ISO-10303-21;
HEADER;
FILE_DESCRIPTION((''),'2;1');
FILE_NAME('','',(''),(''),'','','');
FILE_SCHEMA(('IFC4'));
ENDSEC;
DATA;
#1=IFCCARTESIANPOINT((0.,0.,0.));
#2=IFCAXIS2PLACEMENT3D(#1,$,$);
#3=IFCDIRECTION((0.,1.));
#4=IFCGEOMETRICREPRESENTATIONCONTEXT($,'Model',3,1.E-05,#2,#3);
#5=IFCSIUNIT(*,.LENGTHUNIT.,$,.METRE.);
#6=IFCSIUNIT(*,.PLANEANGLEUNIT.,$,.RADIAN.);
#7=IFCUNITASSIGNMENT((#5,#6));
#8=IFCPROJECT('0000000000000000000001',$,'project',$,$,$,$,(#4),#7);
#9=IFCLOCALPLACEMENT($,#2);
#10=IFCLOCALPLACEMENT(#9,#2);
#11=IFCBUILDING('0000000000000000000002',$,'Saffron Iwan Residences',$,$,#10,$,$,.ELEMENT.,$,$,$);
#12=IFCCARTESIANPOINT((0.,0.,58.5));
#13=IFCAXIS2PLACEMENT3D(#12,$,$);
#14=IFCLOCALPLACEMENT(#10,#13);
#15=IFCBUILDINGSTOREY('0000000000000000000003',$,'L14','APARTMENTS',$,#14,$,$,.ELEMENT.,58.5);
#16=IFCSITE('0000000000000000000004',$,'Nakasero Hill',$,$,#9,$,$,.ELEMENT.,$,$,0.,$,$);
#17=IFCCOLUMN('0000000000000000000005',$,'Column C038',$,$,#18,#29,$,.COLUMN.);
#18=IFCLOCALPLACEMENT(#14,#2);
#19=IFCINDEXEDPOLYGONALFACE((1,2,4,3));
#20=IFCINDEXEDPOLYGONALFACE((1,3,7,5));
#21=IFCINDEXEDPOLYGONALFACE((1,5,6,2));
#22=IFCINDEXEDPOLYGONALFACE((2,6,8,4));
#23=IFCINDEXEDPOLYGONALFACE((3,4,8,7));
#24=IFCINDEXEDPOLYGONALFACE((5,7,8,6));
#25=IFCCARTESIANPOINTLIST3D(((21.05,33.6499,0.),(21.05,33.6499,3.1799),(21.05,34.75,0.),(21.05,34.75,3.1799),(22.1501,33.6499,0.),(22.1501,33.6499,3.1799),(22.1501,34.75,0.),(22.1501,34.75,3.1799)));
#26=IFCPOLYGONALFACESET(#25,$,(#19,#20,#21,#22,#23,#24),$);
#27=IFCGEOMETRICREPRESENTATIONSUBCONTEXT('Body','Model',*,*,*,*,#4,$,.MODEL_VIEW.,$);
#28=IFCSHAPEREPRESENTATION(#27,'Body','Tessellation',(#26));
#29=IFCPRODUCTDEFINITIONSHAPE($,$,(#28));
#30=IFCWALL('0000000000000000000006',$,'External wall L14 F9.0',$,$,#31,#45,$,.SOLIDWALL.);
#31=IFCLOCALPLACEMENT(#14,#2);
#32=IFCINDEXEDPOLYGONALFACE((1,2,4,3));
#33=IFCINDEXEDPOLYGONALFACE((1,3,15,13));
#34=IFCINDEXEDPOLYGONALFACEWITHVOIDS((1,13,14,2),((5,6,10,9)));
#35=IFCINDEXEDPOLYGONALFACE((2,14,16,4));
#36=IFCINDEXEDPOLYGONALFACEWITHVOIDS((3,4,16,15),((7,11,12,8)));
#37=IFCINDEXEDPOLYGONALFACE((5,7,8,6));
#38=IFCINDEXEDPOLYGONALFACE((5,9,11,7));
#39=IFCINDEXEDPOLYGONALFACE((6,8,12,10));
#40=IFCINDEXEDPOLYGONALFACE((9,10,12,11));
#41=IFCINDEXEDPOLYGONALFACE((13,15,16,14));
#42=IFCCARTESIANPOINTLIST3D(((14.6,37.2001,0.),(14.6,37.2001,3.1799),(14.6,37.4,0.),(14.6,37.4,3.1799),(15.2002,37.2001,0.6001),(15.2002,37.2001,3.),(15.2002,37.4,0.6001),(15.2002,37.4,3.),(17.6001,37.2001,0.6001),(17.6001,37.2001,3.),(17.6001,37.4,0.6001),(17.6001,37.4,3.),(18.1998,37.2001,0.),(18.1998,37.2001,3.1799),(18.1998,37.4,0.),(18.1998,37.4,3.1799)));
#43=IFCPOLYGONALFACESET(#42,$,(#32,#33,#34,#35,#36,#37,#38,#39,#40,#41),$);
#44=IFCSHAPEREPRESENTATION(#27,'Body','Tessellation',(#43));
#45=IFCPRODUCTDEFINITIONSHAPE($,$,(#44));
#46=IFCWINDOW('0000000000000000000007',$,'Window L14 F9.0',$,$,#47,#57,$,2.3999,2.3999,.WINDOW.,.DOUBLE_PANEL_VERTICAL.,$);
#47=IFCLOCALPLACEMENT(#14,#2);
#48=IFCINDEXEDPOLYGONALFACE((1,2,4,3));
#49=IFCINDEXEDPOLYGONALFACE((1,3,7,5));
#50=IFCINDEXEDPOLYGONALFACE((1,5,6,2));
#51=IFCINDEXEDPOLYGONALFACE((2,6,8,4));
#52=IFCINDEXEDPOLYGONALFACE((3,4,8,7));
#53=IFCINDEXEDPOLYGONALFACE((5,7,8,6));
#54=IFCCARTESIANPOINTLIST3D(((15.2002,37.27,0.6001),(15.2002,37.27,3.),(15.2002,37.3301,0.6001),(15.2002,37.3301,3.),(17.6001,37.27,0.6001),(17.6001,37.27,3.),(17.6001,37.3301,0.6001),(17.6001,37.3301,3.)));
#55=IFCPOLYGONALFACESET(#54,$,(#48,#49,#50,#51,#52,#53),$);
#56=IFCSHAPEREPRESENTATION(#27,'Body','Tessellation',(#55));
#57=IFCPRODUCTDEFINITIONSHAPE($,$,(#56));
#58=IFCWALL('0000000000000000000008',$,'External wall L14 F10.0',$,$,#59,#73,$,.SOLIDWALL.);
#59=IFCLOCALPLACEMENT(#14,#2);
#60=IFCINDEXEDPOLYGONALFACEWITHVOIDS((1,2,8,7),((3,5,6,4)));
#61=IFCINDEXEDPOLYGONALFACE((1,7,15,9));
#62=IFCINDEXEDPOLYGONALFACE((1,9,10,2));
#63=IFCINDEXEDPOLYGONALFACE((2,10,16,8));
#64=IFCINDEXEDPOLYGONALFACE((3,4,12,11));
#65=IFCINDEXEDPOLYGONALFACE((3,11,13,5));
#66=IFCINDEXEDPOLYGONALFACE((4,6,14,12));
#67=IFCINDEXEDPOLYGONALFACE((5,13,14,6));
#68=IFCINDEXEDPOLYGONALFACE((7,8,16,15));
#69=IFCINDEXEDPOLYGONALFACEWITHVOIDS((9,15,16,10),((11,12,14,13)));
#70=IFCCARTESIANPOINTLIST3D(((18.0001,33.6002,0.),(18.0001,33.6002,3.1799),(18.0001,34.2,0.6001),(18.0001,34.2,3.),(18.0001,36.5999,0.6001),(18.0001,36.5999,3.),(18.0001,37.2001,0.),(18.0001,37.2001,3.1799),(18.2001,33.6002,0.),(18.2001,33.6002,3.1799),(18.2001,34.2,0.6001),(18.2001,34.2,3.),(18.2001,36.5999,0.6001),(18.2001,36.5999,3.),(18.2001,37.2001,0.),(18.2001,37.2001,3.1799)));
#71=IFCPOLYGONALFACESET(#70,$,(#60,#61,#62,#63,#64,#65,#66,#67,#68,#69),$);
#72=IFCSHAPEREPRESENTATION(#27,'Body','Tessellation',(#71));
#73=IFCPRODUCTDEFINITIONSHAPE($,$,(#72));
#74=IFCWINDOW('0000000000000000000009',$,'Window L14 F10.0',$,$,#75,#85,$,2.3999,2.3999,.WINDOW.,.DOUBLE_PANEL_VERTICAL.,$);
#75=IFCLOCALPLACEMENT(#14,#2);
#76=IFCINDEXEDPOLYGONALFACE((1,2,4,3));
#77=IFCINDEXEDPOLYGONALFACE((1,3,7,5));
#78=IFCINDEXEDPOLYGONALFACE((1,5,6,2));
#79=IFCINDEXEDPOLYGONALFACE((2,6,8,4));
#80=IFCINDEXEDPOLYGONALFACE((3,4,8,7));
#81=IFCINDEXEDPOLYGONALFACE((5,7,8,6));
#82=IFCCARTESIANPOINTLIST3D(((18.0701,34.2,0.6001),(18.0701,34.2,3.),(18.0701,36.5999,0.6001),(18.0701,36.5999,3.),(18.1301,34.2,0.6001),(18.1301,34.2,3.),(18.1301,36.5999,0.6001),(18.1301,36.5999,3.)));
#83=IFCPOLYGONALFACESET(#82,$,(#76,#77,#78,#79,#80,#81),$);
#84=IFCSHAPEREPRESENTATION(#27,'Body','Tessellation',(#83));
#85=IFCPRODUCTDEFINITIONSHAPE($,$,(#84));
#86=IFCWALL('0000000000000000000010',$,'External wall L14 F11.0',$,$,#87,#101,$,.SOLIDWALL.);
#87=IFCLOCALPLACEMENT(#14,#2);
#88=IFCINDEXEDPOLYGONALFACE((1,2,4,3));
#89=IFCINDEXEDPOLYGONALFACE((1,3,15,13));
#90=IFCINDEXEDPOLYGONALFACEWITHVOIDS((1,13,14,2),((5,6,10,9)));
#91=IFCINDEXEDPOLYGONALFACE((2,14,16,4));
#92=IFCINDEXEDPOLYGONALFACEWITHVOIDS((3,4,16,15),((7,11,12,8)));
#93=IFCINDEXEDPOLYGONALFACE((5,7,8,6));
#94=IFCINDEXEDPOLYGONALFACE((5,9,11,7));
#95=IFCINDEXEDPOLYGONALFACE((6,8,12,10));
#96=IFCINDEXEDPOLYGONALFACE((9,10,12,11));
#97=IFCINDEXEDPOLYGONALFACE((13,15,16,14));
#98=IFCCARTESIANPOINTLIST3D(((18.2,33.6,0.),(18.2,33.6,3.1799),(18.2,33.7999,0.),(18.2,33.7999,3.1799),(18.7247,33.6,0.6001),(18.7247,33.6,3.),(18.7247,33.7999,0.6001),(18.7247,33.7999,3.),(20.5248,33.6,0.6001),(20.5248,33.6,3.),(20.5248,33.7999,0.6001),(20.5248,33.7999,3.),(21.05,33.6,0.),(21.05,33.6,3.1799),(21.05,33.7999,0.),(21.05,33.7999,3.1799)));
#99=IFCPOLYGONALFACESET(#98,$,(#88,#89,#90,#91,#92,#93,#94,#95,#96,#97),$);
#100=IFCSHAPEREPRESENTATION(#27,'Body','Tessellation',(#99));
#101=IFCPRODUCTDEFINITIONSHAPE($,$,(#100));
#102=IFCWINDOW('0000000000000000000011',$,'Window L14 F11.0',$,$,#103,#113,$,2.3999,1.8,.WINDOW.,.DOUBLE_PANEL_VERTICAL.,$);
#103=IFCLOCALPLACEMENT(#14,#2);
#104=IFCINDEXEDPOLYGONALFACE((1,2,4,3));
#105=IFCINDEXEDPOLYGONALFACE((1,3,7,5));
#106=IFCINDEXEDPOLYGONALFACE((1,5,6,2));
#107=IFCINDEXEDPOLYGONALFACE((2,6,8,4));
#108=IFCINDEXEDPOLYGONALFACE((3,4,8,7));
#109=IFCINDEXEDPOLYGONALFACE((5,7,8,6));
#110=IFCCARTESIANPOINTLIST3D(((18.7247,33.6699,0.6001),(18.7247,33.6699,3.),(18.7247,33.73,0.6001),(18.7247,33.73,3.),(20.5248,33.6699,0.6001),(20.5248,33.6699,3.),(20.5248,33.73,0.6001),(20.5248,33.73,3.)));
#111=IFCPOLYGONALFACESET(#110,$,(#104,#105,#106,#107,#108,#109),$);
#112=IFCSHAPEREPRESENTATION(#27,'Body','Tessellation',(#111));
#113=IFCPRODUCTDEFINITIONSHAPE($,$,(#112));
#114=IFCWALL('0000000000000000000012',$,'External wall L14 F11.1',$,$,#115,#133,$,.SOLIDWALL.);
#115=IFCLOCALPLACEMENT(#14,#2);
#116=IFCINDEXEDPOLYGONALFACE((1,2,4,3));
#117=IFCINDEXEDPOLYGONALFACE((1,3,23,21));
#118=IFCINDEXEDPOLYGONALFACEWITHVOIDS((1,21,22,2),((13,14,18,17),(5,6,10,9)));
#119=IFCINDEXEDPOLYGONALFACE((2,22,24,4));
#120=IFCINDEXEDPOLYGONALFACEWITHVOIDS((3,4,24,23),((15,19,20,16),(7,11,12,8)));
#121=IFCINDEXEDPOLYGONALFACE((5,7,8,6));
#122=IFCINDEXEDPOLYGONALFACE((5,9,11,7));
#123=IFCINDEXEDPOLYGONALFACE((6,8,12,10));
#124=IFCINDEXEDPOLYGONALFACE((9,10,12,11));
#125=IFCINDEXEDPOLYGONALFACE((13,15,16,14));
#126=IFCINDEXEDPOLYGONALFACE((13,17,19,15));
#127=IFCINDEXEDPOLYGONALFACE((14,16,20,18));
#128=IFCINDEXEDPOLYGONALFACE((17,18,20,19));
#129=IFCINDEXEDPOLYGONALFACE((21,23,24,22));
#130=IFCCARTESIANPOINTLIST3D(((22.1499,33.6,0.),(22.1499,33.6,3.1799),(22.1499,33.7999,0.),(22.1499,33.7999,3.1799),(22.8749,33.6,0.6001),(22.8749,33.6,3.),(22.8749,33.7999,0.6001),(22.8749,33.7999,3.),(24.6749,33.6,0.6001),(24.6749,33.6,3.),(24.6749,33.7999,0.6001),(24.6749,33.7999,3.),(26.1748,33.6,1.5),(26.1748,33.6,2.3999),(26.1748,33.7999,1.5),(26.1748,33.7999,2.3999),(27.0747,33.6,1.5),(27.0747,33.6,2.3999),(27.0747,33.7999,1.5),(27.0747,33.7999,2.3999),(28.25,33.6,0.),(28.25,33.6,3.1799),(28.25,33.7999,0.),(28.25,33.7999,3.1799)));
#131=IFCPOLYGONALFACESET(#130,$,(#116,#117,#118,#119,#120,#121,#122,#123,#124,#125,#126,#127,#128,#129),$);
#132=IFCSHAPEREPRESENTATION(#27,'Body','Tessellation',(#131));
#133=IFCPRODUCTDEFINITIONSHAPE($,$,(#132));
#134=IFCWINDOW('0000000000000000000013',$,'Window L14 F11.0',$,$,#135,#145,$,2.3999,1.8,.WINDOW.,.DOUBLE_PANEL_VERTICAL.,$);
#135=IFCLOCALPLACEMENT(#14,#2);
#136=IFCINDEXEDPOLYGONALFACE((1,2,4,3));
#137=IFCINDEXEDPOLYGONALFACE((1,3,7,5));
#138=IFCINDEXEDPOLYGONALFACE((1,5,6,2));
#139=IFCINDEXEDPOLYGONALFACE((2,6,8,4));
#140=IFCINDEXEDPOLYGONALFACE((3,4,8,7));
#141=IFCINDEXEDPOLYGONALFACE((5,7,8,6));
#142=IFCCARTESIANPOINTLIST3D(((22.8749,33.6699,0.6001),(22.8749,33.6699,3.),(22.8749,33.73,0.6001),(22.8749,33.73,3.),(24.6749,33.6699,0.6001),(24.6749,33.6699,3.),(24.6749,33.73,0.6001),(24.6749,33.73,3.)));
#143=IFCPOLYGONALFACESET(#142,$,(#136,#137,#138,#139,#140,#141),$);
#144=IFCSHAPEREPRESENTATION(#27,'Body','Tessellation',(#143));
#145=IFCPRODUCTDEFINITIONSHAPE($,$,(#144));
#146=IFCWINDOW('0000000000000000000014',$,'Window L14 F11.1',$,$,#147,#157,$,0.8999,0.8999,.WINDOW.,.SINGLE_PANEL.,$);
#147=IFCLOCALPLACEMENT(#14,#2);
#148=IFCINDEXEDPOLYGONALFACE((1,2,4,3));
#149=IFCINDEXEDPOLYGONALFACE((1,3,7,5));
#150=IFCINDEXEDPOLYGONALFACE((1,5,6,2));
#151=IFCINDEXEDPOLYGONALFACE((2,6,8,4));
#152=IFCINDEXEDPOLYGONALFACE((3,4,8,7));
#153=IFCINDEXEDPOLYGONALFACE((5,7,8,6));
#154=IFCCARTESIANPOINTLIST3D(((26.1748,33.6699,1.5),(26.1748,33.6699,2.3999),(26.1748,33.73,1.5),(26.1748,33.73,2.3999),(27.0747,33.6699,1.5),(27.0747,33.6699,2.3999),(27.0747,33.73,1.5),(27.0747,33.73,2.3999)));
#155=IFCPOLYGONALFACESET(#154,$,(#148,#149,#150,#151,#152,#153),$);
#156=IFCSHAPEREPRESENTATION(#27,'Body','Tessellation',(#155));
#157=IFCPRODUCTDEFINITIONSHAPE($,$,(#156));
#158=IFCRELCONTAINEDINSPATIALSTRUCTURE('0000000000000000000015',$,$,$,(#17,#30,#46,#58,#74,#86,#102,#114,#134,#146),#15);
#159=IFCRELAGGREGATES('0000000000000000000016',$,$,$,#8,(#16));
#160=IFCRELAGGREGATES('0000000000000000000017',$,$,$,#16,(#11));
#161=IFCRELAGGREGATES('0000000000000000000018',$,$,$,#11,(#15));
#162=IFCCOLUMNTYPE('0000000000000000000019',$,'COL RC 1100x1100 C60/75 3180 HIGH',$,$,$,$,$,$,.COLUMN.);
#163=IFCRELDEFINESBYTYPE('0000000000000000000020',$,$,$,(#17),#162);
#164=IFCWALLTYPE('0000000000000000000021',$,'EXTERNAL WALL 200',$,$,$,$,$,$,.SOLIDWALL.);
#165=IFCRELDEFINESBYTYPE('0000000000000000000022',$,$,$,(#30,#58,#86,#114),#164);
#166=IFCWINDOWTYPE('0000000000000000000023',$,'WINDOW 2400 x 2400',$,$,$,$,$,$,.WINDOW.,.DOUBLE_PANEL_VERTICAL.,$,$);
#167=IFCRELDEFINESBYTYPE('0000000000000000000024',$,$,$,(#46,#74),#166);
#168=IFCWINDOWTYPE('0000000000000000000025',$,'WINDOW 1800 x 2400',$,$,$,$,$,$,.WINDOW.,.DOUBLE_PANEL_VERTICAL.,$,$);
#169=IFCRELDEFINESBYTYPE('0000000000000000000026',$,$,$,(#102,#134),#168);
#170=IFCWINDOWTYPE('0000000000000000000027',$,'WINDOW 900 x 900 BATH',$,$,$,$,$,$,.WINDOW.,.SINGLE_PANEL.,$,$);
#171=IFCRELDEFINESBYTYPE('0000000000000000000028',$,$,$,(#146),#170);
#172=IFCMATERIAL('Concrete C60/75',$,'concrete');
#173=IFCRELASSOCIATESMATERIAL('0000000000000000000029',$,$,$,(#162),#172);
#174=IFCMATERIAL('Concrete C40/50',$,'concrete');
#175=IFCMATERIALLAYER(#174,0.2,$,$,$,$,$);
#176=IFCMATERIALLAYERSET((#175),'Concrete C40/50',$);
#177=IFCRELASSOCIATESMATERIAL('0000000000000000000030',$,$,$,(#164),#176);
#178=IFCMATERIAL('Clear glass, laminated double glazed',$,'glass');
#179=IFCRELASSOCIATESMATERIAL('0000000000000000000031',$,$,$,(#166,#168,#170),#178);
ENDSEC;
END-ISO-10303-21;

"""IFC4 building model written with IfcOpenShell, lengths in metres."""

from ifc_helpers import new_model, si_unit, direction, frame, frame_2d, origin, origin_2d, place, context, subcontext, project, spatial, rectangle, extrude, source, transform, mapped, material, layer, layer_set, material_profile, profile_set, type_object, element, fill, save


model = new_model("IFC4")

# Units and contexts
model_context = context("Model", 3, precision=1e-05, world=origin(), true_north=direction((0.0, 1.0)))
body_context = subcontext(model_context, "Body", "Model", "MODEL_VIEW")
ifc_project = project(units=[si_unit("LENGTHUNIT", "METRE"), si_unit("PLANEANGLEUNIT", "RADIAN")], contexts=[model_context])

# Site, building, storey
site_placement = place(None, origin())
site = spatial("IfcSite", under=ifc_project, at=site_placement, Name="Nakasero Hill", CompositionType="ELEMENT", RefElevation=0.0)
building_placement = place(site_placement, origin())
building = spatial("IfcBuilding", under=site, at=building_placement, Name="Saffron Iwan Residences", CompositionType="ELEMENT")
storey_placement = place(building_placement, frame((0.0, 0.0, 58.5)))
storey = spatial("IfcBuildingStorey", under=building, at=storey_placement, Name="L14", Description="APARTMENTS", CompositionType="ELEMENT", Elevation=58.5)

# Column
ifc_material_1 = material(Name="Concrete C60/75", Category="concrete")
ifc_material_profile = material_profile(ifc_material_1, rectangle(XDim=1.1001, YDim=1.1001, at=origin_2d()), Name="RC 1100x1100")
ifc_profile_set = profile_set([ifc_material_profile], Name="Concrete C60/75")
column_type = type_object("IfcColumnType", Name="COL RC 1100x1100 C60/75 3180 HIGH", PredefinedType="COLUMN", material=ifc_profile_set)
shared_shape = source(origin(), body_context, "Body", "SweptSolid", [
    extrude(rectangle(XDim=1.1001, YDim=1.1001, at=origin_2d()), origin(), (0.0, 0.0, 1.0), 3.1799),
])
column_placement = place(storey_placement, frame((21.6001, 34.2, 0.0), z_axis=(0.0, 0.0, 1.0), x_axis=(1.0, 0.0, 0.0)))
element("IfcColumn", 1, at=column_placement, inside=storey, type_object=column_type, Name="Column C038", PredefinedType="COLUMN", context=body_context, shape_type="MappedRepresentation", body=[
    mapped(shared_shape, transform((0.0, 0.0, 0.0))),
])

# Walls, openings, windows
ifc_material_2 = material(Name="Concrete C40/50", Category="concrete")
ifc_layer_1 = layer(ifc_material_2, 0.2)
ifc_layer_set_1 = layer_set([ifc_layer_1], Name="Concrete C40/50")
wall_type_1 = type_object("IfcWallType", Name="EXTERNAL WALL 200", PredefinedType="SOLIDWALL", material=ifc_layer_set_1)
wall_1_placement = place(storey_placement, frame((14.6001, 37.3, 0.0), z_axis=(0.0, 0.0, 1.0), x_axis=(1.0, 0.0, 0.0)))
wall_1 = element("IfcWall", 2, at=wall_1_placement, inside=storey, type_object=wall_type_1, Name="External wall L14 F9.0", PredefinedType="SOLIDWALL", context=body_context, shape_type="SweptSolid", body=[
    extrude(rectangle(XDim=3.5999, YDim=0.2, at=frame_2d((1.7998, 0.0))), origin(), (0.0, 0.0, 1.0), 3.1799),
])
opening_1_placement = place(wall_1_placement, frame((0.6001, 0.0, 0.6001)))
opening_1 = element("IfcOpeningElement", 3, at=opening_1_placement, cuts=wall_1, PredefinedType="OPENING", context=body_context, shape_type="SweptSolid", body=[
    extrude(rectangle(XDim=2.3999, YDim=2.3999, at=frame_2d((1.2, 1.2))), frame((0.0, 0.1099, 0.0), z_axis=(0.0, -1.0, 0.0), x_axis=(1.0, 0.0, 0.0)), (0.0, 0.0, 1.0), 0.22),
])
ifc_material_3 = material(Name="Clear glass, laminated double glazed", Category="glass")
window_type_1 = type_object("IfcWindowType", Name="WINDOW 2400 x 2400", PartitioningType="DOUBLE_PANEL_VERTICAL", PredefinedType="WINDOW", material=ifc_material_3)
window_1_placement = place(opening_1_placement, origin())
window_1 = element("IfcWindow", 4, at=window_1_placement, inside=storey, type_object=window_type_1, Name="Window L14 F9.0", OverallHeight=2.3999, OverallWidth=2.3999, PartitioningType="DOUBLE_PANEL_VERTICAL", PredefinedType="WINDOW", context=body_context, shape_type="SweptSolid", body=[
    extrude(rectangle(XDim=2.3999, YDim=2.3999, at=frame_2d((1.2, 1.2))), frame((0.0, 0.03, 0.0), z_axis=(0.0, -1.0, 0.0), x_axis=(1.0, 0.0, 0.0)), (0.0, 0.0, 1.0), 0.0601),
])
fill(opening_1, window_1)
wall_2_placement = place(storey_placement, frame((18.1001, 37.2, 0.0), z_axis=(0.0, 0.0, 1.0), x_axis=(0.0, -1.0, 0.0)))
wall_2 = element("IfcWall", 5, at=wall_2_placement, inside=storey, type_object=wall_type_1, Name="External wall L14 F10.0", PredefinedType="SOLIDWALL", context=body_context, shape_type="SweptSolid", body=[
    extrude(rectangle(XDim=3.5999, YDim=0.2, at=frame_2d((1.7998, 0.0))), origin(), (0.0, 0.0, 1.0), 3.1799),
])
opening_2_placement = place(wall_2_placement, frame((0.6001, 0.0, 0.6001)))
opening_2 = element("IfcOpeningElement", 6, at=opening_2_placement, cuts=wall_2, PredefinedType="OPENING", context=body_context, shape_type="SweptSolid", body=[
    extrude(rectangle(XDim=2.3999, YDim=2.3999, at=frame_2d((1.2, 1.2))), frame((0.0, 0.1099, 0.0), z_axis=(0.0, -1.0, 0.0), x_axis=(1.0, 0.0, 0.0)), (0.0, 0.0, 1.0), 0.22),
])
window_2_placement = place(opening_2_placement, origin())
window_2 = element("IfcWindow", 7, at=window_2_placement, inside=storey, type_object=window_type_1, Name="Window L14 F10.0", OverallHeight=2.3999, OverallWidth=2.3999, PartitioningType="DOUBLE_PANEL_VERTICAL", PredefinedType="WINDOW", context=body_context, shape_type="SweptSolid", body=[
    extrude(rectangle(XDim=2.3999, YDim=2.3999, at=frame_2d((1.2, 1.2))), frame((0.0, 0.03, 0.0), z_axis=(0.0, -1.0, 0.0), x_axis=(1.0, 0.0, 0.0)), (0.0, 0.0, 1.0), 0.0601),
])
fill(opening_2, window_2)
wall_3_placement = place(storey_placement, frame((18.2, 33.7, 0.0), z_axis=(0.0, 0.0, 1.0), x_axis=(1.0, 0.0, 0.0)))
wall_3 = element("IfcWall", 8, at=wall_3_placement, inside=storey, type_object=wall_type_1, Name="External wall L14 F11.0", PredefinedType="SOLIDWALL", context=body_context, shape_type="SweptSolid", body=[
    extrude(rectangle(XDim=2.8501, YDim=0.2, at=frame_2d((1.425, 0.0))), origin(), (0.0, 0.0, 1.0), 3.1799),
])
opening_3_placement = place(wall_3_placement, frame((0.5249, 0.0, 0.6001)))
opening_3 = element("IfcOpeningElement", 9, at=opening_3_placement, cuts=wall_3, PredefinedType="OPENING", context=body_context, shape_type="SweptSolid", body=[
    extrude(rectangle(XDim=1.8, YDim=2.3999, at=frame_2d((0.8999, 1.2))), frame((0.0, 0.1099, 0.0), z_axis=(0.0, -1.0, 0.0), x_axis=(1.0, 0.0, 0.0)), (0.0, 0.0, 1.0), 0.22),
])
window_type_2 = type_object("IfcWindowType", Name="WINDOW 1800 x 2400", PartitioningType="DOUBLE_PANEL_VERTICAL", PredefinedType="WINDOW", material=ifc_material_3)
window_3_placement = place(opening_3_placement, origin())
window_3 = element("IfcWindow", 10, at=window_3_placement, inside=storey, type_object=window_type_2, Name="Window L14 F11.0", OverallHeight=2.3999, OverallWidth=1.8, PartitioningType="DOUBLE_PANEL_VERTICAL", PredefinedType="WINDOW", context=body_context, shape_type="SweptSolid", body=[
    extrude(rectangle(XDim=1.8, YDim=2.3999, at=frame_2d((0.8999, 1.2))), frame((0.0, 0.03, 0.0), z_axis=(0.0, -1.0, 0.0), x_axis=(1.0, 0.0, 0.0)), (0.0, 0.0, 1.0), 0.0601),
])
fill(opening_3, window_3)

# Wall, openings, windows
wall_4_placement = place(storey_placement, frame((22.1499, 33.7, 0.0), z_axis=(0.0, 0.0, 1.0), x_axis=(1.0, 0.0, 0.0)))
wall_4 = element("IfcWall", 11, at=wall_4_placement, inside=storey, type_object=wall_type_1, Name="External wall L14 F11.1", PredefinedType="SOLIDWALL", context=body_context, shape_type="SweptSolid", body=[
    extrude(rectangle(XDim=6.1001, YDim=0.2, at=frame_2d((3.05, 0.0))), origin(), (0.0, 0.0, 1.0), 3.1799),
])
opening_4_placement = place(wall_4_placement, frame((0.7251, 0.0, 0.6001)))
opening_4 = element("IfcOpeningElement", 12, at=opening_4_placement, cuts=wall_4, PredefinedType="OPENING", context=body_context, shape_type="SweptSolid", body=[
    extrude(rectangle(XDim=1.8, YDim=2.3999, at=frame_2d((0.8999, 1.2))), frame((0.0, 0.1099, 0.0), z_axis=(0.0, -1.0, 0.0), x_axis=(1.0, 0.0, 0.0)), (0.0, 0.0, 1.0), 0.22),
])
opening_5_placement = place(wall_4_placement, frame((4.0249, 0.0, 1.5)))
opening_5 = element("IfcOpeningElement", 13, at=opening_5_placement, cuts=wall_4, PredefinedType="OPENING", context=body_context, shape_type="SweptSolid", body=[
    extrude(rectangle(XDim=0.8999, YDim=0.8999, at=frame_2d((0.45, 0.45))), frame((0.0, 0.1099, 0.0), z_axis=(0.0, -1.0, 0.0), x_axis=(1.0, 0.0, 0.0)), (0.0, 0.0, 1.0), 0.22),
])
window_4_placement = place(opening_4_placement, origin())
window_4 = element("IfcWindow", 14, at=window_4_placement, inside=storey, type_object=window_type_2, Name="Window L14 F11.0", OverallHeight=2.3999, OverallWidth=1.8, PartitioningType="DOUBLE_PANEL_VERTICAL", PredefinedType="WINDOW", context=body_context, shape_type="SweptSolid", body=[
    extrude(rectangle(XDim=1.8, YDim=2.3999, at=frame_2d((0.8999, 1.2))), frame((0.0, 0.03, 0.0), z_axis=(0.0, -1.0, 0.0), x_axis=(1.0, 0.0, 0.0)), (0.0, 0.0, 1.0), 0.0601),
])
fill(opening_4, window_4)
window_type_3 = type_object("IfcWindowType", Name="WINDOW 900 x 900 BATH", PartitioningType="SINGLE_PANEL", PredefinedType="WINDOW", material=ifc_material_3)
window_5_placement = place(opening_5_placement, origin())
window_5 = element("IfcWindow", 15, at=window_5_placement, inside=storey, type_object=window_type_3, Name="Window L14 F11.1", OverallHeight=0.8999, OverallWidth=0.8999, PartitioningType="SINGLE_PANEL", PredefinedType="WINDOW", context=body_context, shape_type="SweptSolid", body=[
    extrude(rectangle(XDim=0.8999, YDim=0.8999, at=frame_2d((0.45, 0.45))), frame((0.0, 0.03, 0.0), z_axis=(0.0, -1.0, 0.0), x_axis=(1.0, 0.0, 0.0)), (0.0, 0.0, 1.0), 0.0601),
])
fill(opening_5, window_5)

save(model, "model.ifc")
